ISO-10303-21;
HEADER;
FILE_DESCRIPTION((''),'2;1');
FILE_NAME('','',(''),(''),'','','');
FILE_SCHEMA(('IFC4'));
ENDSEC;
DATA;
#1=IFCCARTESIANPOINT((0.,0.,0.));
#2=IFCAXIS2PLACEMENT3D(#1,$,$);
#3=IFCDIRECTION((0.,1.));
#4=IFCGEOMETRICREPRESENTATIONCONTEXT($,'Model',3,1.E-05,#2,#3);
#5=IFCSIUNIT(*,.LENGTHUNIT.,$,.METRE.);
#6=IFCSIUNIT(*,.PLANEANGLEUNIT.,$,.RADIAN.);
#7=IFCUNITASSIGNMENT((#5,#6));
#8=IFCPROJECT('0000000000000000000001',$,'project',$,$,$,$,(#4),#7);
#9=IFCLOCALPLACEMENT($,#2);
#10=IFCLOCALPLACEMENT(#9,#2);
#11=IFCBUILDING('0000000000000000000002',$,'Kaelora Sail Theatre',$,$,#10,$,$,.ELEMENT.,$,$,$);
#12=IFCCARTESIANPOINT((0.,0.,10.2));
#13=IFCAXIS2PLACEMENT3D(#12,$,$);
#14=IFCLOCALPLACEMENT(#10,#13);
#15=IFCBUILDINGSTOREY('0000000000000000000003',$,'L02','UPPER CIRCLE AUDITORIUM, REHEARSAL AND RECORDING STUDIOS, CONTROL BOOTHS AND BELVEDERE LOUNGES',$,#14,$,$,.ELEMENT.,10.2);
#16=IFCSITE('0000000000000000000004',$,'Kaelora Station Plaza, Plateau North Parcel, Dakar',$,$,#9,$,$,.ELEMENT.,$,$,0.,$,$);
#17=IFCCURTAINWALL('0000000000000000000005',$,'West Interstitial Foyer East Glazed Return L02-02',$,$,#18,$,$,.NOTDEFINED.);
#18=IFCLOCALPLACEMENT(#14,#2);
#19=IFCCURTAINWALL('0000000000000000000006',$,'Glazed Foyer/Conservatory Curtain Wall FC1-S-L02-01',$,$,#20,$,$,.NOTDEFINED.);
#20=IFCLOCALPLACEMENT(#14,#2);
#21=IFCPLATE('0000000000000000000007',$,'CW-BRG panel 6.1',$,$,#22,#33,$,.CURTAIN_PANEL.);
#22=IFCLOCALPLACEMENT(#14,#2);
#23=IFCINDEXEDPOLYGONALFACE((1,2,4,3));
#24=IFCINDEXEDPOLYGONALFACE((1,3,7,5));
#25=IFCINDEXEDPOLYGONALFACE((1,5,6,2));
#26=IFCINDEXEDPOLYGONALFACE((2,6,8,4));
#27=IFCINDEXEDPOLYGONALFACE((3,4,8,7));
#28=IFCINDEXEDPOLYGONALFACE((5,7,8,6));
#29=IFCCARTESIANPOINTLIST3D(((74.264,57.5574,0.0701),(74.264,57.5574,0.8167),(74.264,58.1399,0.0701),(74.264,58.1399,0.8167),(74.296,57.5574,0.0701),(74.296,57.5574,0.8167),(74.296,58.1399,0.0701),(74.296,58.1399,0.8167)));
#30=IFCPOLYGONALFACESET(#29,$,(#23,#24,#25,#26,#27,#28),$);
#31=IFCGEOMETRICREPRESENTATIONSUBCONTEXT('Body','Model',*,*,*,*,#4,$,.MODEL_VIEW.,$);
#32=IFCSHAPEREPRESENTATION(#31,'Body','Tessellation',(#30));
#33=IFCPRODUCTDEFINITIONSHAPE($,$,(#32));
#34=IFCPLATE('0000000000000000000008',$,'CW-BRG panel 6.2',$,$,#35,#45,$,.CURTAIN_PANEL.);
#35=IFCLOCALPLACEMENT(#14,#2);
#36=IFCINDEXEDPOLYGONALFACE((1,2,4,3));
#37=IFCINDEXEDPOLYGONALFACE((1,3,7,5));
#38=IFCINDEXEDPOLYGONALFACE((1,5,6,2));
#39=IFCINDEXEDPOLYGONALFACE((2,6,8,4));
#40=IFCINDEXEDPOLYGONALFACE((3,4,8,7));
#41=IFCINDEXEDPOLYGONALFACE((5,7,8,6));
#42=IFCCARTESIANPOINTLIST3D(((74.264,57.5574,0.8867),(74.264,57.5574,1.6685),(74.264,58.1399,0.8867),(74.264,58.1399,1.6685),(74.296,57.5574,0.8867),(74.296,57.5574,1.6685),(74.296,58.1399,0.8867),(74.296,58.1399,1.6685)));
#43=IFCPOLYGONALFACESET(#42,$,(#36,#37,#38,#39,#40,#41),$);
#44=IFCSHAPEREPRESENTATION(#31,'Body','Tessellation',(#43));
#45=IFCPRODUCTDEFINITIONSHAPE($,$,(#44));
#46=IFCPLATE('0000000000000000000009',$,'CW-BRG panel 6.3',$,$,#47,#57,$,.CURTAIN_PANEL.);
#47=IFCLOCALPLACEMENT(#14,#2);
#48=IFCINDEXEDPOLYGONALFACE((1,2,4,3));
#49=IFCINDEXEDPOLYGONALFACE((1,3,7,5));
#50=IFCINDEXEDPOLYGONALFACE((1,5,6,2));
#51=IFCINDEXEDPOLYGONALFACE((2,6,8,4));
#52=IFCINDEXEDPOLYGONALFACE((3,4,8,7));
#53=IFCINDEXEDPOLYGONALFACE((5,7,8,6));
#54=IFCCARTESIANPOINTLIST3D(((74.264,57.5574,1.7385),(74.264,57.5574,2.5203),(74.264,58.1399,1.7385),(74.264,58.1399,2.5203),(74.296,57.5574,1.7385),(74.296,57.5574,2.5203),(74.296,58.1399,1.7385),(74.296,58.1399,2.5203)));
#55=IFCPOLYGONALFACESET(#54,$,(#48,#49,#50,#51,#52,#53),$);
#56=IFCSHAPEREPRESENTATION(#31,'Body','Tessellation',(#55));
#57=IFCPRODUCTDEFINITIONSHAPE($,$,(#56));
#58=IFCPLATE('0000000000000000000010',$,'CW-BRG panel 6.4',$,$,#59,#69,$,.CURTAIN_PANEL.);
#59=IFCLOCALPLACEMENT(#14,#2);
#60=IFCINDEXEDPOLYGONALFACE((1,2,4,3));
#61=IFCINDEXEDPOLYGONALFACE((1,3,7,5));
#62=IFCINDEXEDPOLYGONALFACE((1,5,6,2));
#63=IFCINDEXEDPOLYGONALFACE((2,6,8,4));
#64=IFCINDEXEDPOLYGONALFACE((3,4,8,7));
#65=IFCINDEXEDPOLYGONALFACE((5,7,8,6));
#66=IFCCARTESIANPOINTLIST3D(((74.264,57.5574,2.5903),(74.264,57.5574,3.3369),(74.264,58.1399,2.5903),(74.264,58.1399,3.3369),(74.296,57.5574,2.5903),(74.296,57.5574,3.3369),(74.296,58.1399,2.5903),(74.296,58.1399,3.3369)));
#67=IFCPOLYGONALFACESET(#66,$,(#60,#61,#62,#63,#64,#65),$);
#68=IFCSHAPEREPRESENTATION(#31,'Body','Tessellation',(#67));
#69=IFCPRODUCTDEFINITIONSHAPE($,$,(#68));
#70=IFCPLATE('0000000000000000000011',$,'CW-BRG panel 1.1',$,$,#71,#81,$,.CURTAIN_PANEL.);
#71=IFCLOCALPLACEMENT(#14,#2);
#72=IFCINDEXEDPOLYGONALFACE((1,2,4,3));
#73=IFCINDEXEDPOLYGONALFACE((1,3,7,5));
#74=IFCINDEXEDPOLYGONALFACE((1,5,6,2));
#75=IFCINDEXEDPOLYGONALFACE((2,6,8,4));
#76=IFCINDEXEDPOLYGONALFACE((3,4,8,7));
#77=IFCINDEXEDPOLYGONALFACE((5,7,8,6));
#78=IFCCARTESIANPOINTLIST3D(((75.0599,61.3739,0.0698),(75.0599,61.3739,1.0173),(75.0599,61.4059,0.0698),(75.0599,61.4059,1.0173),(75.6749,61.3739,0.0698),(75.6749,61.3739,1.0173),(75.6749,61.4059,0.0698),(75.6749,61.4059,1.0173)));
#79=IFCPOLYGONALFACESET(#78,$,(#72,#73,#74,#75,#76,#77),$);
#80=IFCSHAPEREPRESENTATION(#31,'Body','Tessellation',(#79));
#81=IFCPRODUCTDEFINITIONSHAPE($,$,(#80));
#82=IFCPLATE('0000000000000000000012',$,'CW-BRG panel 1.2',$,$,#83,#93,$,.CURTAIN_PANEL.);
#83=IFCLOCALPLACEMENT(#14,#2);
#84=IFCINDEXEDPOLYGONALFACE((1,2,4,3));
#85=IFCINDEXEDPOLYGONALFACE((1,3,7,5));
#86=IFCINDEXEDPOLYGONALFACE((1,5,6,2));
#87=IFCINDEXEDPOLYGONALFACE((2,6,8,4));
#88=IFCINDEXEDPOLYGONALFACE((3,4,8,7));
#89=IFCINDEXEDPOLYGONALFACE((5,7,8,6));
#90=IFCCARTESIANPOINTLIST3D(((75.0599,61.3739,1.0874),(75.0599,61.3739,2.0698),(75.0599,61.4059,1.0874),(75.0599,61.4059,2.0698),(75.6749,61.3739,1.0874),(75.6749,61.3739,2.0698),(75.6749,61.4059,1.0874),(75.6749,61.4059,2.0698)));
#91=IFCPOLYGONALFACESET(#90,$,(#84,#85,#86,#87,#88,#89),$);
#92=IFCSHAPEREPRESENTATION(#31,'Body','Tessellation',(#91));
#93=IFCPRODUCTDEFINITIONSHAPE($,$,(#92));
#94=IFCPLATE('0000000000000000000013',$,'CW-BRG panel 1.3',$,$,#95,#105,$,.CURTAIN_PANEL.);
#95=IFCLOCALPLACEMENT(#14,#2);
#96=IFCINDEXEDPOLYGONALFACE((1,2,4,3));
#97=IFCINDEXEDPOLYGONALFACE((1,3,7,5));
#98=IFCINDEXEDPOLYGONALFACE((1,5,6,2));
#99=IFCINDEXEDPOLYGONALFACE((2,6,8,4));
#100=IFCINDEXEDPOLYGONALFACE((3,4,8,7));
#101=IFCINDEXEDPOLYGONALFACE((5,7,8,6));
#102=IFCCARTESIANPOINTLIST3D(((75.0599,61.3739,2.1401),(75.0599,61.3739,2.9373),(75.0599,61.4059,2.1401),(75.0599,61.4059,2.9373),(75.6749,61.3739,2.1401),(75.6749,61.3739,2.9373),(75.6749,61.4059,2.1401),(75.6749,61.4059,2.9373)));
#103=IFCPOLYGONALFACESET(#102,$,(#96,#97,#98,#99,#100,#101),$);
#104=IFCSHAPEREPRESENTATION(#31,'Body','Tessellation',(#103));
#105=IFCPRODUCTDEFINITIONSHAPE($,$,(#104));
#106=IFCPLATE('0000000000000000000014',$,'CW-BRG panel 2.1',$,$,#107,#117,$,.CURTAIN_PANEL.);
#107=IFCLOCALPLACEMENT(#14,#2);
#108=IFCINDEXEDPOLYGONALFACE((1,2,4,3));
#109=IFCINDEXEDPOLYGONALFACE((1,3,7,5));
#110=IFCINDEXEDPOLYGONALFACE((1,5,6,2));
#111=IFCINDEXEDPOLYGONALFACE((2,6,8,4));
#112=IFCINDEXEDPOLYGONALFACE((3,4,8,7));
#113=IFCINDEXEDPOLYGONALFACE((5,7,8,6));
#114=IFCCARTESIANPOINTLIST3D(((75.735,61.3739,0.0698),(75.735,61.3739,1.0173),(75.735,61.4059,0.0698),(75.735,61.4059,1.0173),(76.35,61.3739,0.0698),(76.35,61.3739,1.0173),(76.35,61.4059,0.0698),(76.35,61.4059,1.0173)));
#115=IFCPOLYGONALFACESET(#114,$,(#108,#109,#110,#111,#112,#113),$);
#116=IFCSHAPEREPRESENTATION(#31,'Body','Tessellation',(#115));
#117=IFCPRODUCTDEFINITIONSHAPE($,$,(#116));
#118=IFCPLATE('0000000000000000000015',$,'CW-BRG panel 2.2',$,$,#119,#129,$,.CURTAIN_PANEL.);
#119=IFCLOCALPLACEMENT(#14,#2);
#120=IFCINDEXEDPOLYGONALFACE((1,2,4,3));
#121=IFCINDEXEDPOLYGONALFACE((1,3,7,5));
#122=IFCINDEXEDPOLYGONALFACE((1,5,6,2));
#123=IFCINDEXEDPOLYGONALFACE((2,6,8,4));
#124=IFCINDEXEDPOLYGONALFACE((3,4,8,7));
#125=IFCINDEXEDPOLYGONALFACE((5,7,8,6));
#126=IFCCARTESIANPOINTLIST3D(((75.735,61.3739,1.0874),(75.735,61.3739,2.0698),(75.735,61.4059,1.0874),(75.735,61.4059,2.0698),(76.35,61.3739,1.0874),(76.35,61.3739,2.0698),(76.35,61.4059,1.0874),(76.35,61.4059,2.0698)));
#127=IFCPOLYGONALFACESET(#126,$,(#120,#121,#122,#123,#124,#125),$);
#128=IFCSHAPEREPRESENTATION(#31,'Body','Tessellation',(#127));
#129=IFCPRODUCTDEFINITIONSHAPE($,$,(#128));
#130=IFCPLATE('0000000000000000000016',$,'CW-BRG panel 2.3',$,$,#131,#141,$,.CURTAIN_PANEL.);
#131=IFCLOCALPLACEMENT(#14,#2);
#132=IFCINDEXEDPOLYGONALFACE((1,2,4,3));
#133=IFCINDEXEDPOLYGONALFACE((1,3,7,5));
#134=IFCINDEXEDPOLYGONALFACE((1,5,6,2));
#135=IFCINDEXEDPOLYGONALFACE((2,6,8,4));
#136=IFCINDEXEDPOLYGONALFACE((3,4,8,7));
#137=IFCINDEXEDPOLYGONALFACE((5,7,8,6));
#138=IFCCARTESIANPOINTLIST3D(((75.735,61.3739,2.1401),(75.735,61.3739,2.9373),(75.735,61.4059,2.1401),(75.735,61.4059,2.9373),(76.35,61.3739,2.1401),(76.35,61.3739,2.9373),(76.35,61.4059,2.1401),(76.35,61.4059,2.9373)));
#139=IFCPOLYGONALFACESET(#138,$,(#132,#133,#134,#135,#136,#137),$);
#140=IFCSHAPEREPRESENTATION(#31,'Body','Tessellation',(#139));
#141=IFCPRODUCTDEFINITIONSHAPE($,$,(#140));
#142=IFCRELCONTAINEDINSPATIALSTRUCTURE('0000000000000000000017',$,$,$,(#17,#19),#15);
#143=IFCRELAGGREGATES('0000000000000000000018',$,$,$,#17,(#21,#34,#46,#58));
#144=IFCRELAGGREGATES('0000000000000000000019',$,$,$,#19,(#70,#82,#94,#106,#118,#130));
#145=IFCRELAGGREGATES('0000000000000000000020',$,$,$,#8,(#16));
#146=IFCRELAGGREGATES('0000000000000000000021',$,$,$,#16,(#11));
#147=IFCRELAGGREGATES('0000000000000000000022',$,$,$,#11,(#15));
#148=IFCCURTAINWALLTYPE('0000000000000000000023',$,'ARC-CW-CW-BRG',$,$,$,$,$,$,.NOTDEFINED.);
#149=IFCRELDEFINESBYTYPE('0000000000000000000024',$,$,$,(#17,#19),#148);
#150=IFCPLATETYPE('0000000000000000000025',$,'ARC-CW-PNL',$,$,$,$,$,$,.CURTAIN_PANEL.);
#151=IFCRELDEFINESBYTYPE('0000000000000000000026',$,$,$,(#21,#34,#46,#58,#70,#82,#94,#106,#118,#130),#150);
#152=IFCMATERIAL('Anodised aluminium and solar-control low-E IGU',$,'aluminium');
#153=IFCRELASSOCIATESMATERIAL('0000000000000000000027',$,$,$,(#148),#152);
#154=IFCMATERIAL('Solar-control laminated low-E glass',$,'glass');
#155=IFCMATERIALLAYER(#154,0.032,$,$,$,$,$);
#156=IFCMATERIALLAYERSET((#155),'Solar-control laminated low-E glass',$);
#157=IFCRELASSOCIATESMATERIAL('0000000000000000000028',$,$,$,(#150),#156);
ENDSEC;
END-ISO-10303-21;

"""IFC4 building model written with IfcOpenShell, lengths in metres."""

from ifc_helpers import new_model, si_unit, direction, frame, origin, origin_2d, place, context, subcontext, project, spatial, rectangle, extrude, material, layer, layer_set, type_object, element, aggregate, save


model = new_model("IFC4")

# Units and contexts
model_context = context("Model", 3, precision=1e-05, world=origin(), true_north=direction((0.0, 1.0)))
body_context = subcontext(model_context, "Body", "Model", "MODEL_VIEW")
ifc_project = project(units=[si_unit("LENGTHUNIT", "METRE"), si_unit("PLANEANGLEUNIT", "RADIAN")], contexts=[model_context])

# Site, building, storey
site_placement = place(None, origin())
site = spatial("IfcSite", under=ifc_project, at=site_placement, Name="Kaelora Station Plaza, Plateau North Parcel, Dakar", CompositionType="ELEMENT", RefElevation=0.0)
building_placement = place(site_placement, origin())
building = spatial("IfcBuilding", under=site, at=building_placement, Name="Kaelora Sail Theatre", CompositionType="ELEMENT")
storey_placement = place(building_placement, frame((0.0, 0.0, 10.2)))
storey = spatial("IfcBuildingStorey", under=building, at=storey_placement, Name="L02", Description="UPPER CIRCLE AUDITORIUM, REHEARSAL AND RECORDING STUDIOS, CONTROL BOOTHS AND BELVEDERE LOUNGES", CompositionType="ELEMENT", Elevation=10.2)

# Curtain walls
ifc_material_1 = material(Name="Anodised aluminium and solar-control low-E IGU", Category="aluminium")
curtain_wall_type = type_object("IfcCurtainWallType", Name="ARC-CW-CW-BRG", PredefinedType="NOTDEFINED", material=ifc_material_1)
curtain_wall_1_placement = place(storey_placement, origin())
curtain_wall_1 = element("IfcCurtainWall", 1, at=curtain_wall_1_placement, inside=storey, type_object=curtain_wall_type, Name="West Interstitial Foyer East Glazed Return L02-02", PredefinedType="NOTDEFINED")
curtain_wall_2_placement = place(storey_placement, origin())
curtain_wall_2 = element("IfcCurtainWall", 2, at=curtain_wall_2_placement, inside=storey, type_object=curtain_wall_type, Name="Glazed Foyer/Conservatory Curtain Wall FC1-S-L02-01", PredefinedType="NOTDEFINED")

# Plates
ifc_material_2 = material(Name="Solar-control laminated low-E glass", Category="glass")
ifc_layer = layer(ifc_material_2, 0.032)
ifc_layer_set = layer_set([ifc_layer], Name="Solar-control laminated low-E glass")
plate_type = type_object("IfcPlateType", Name="ARC-CW-PNL", PredefinedType="CURTAIN_PANEL", material=ifc_layer_set)
plate_1_placement = place(storey_placement, frame((74.28, 57.8486, 0.0701), z_axis=(0.0, 0.0, 1.0), x_axis=(0.0, 1.0, 0.0)))
plate_1 = element("IfcPlate", 3, at=plate_1_placement, type_object=plate_type, Name="CW-BRG panel 6.1", PredefinedType="CURTAIN_PANEL", context=body_context, shape_type="SweptSolid", body=[
    extrude(rectangle(XDim=0.5825, YDim=0.032, at=origin_2d()), origin(), (0.0, 0.0, 1.0), 0.7466),
])
plate_2_placement = place(storey_placement, frame((74.28, 57.8486, 0.8867), z_axis=(0.0, 0.0, 1.0), x_axis=(0.0, 1.0, 0.0)))
plate_2 = element("IfcPlate", 4, at=plate_2_placement, type_object=plate_type, Name="CW-BRG panel 6.2", PredefinedType="CURTAIN_PANEL", context=body_context, shape_type="SweptSolid", body=[
    extrude(rectangle(XDim=0.5825, YDim=0.032, at=origin_2d()), origin(), (0.0, 0.0, 1.0), 0.7817),
])
plate_3_placement = place(storey_placement, frame((74.28, 57.8486, 1.7385), z_axis=(0.0, 0.0, 1.0), x_axis=(0.0, 1.0, 0.0)))
plate_3 = element("IfcPlate", 5, at=plate_3_placement, type_object=plate_type, Name="CW-BRG panel 6.3", PredefinedType="CURTAIN_PANEL", context=body_context, shape_type="SweptSolid", body=[
    extrude(rectangle(XDim=0.5825, YDim=0.032, at=origin_2d()), origin(), (0.0, 0.0, 1.0), 0.7817),
])
plate_4_placement = place(storey_placement, frame((74.28, 57.8486, 2.5903), z_axis=(0.0, 0.0, 1.0), x_axis=(0.0, 1.0, 0.0)))
plate_4 = element("IfcPlate", 6, at=plate_4_placement, type_object=plate_type, Name="CW-BRG panel 6.4", PredefinedType="CURTAIN_PANEL", context=body_context, shape_type="SweptSolid", body=[
    extrude(rectangle(XDim=0.5825, YDim=0.032, at=origin_2d()), origin(), (0.0, 0.0, 1.0), 0.7466),
])
aggregate(curtain_wall_1, [plate_1, plate_2, plate_3, plate_4])
plate_5_placement = place(storey_placement, frame((75.3674, 61.3899, 0.0698), z_axis=(0.0, 0.0, 1.0), x_axis=(1.0, 0.0, 0.0)))
plate_5 = element("IfcPlate", 7, at=plate_5_placement, type_object=plate_type, Name="CW-BRG panel 1.1", PredefinedType="CURTAIN_PANEL", context=body_context, shape_type="SweptSolid", body=[
    extrude(rectangle(XDim=0.615, YDim=0.032, at=origin_2d()), origin(), (0.0, 0.0, 1.0), 0.9475),
])
plate_6_placement = place(storey_placement, frame((75.3674, 61.3899, 1.0874), z_axis=(0.0, 0.0, 1.0), x_axis=(1.0, 0.0, 0.0)))
plate_6 = element("IfcPlate", 8, at=plate_6_placement, type_object=plate_type, Name="CW-BRG panel 1.2", PredefinedType="CURTAIN_PANEL", context=body_context, shape_type="SweptSolid", body=[
    extrude(rectangle(XDim=0.615, YDim=0.032, at=origin_2d()), origin(), (0.0, 0.0, 1.0), 0.9824),
])
plate_7_placement = place(storey_placement, frame((75.3674, 61.3899, 2.1401), z_axis=(0.0, 0.0, 1.0), x_axis=(1.0, 0.0, 0.0)))
plate_7 = element("IfcPlate", 9, at=plate_7_placement, type_object=plate_type, Name="CW-BRG panel 1.3", PredefinedType="CURTAIN_PANEL", context=body_context, shape_type="SweptSolid", body=[
    extrude(rectangle(XDim=0.615, YDim=0.032, at=origin_2d()), origin(), (0.0, 0.0, 1.0), 0.7971),
])
plate_8_placement = place(storey_placement, frame((76.0425, 61.3899, 0.0698), z_axis=(0.0, 0.0, 1.0), x_axis=(1.0, 0.0, 0.0)))
plate_8 = element("IfcPlate", 10, at=plate_8_placement, type_object=plate_type, Name="CW-BRG panel 2.1", PredefinedType="CURTAIN_PANEL", context=body_context, shape_type="SweptSolid", body=[
    extrude(rectangle(XDim=0.615, YDim=0.032, at=origin_2d()), origin(), (0.0, 0.0, 1.0), 0.9475),
])
plate_9_placement = place(storey_placement, frame((76.0425, 61.3899, 1.0874), z_axis=(0.0, 0.0, 1.0), x_axis=(1.0, 0.0, 0.0)))
plate_9 = element("IfcPlate", 11, at=plate_9_placement, type_object=plate_type, Name="CW-BRG panel 2.2", PredefinedType="CURTAIN_PANEL", context=body_context, shape_type="SweptSolid", body=[
    extrude(rectangle(XDim=0.615, YDim=0.032, at=origin_2d()), origin(), (0.0, 0.0, 1.0), 0.9824),
])
plate_10_placement = place(storey_placement, frame((76.0425, 61.3899, 2.1401), z_axis=(0.0, 0.0, 1.0), x_axis=(1.0, 0.0, 0.0)))
plate_10 = element("IfcPlate", 12, at=plate_10_placement, type_object=plate_type, Name="CW-BRG panel 2.3", PredefinedType="CURTAIN_PANEL", context=body_context, shape_type="SweptSolid", body=[
    extrude(rectangle(XDim=0.615, YDim=0.032, at=origin_2d()), origin(), (0.0, 0.0, 1.0), 0.7971),
])
aggregate(curtain_wall_2, [plate_5, plate_6, plate_7, plate_8, plate_9, plate_10])

save(model, "model.ifc")
